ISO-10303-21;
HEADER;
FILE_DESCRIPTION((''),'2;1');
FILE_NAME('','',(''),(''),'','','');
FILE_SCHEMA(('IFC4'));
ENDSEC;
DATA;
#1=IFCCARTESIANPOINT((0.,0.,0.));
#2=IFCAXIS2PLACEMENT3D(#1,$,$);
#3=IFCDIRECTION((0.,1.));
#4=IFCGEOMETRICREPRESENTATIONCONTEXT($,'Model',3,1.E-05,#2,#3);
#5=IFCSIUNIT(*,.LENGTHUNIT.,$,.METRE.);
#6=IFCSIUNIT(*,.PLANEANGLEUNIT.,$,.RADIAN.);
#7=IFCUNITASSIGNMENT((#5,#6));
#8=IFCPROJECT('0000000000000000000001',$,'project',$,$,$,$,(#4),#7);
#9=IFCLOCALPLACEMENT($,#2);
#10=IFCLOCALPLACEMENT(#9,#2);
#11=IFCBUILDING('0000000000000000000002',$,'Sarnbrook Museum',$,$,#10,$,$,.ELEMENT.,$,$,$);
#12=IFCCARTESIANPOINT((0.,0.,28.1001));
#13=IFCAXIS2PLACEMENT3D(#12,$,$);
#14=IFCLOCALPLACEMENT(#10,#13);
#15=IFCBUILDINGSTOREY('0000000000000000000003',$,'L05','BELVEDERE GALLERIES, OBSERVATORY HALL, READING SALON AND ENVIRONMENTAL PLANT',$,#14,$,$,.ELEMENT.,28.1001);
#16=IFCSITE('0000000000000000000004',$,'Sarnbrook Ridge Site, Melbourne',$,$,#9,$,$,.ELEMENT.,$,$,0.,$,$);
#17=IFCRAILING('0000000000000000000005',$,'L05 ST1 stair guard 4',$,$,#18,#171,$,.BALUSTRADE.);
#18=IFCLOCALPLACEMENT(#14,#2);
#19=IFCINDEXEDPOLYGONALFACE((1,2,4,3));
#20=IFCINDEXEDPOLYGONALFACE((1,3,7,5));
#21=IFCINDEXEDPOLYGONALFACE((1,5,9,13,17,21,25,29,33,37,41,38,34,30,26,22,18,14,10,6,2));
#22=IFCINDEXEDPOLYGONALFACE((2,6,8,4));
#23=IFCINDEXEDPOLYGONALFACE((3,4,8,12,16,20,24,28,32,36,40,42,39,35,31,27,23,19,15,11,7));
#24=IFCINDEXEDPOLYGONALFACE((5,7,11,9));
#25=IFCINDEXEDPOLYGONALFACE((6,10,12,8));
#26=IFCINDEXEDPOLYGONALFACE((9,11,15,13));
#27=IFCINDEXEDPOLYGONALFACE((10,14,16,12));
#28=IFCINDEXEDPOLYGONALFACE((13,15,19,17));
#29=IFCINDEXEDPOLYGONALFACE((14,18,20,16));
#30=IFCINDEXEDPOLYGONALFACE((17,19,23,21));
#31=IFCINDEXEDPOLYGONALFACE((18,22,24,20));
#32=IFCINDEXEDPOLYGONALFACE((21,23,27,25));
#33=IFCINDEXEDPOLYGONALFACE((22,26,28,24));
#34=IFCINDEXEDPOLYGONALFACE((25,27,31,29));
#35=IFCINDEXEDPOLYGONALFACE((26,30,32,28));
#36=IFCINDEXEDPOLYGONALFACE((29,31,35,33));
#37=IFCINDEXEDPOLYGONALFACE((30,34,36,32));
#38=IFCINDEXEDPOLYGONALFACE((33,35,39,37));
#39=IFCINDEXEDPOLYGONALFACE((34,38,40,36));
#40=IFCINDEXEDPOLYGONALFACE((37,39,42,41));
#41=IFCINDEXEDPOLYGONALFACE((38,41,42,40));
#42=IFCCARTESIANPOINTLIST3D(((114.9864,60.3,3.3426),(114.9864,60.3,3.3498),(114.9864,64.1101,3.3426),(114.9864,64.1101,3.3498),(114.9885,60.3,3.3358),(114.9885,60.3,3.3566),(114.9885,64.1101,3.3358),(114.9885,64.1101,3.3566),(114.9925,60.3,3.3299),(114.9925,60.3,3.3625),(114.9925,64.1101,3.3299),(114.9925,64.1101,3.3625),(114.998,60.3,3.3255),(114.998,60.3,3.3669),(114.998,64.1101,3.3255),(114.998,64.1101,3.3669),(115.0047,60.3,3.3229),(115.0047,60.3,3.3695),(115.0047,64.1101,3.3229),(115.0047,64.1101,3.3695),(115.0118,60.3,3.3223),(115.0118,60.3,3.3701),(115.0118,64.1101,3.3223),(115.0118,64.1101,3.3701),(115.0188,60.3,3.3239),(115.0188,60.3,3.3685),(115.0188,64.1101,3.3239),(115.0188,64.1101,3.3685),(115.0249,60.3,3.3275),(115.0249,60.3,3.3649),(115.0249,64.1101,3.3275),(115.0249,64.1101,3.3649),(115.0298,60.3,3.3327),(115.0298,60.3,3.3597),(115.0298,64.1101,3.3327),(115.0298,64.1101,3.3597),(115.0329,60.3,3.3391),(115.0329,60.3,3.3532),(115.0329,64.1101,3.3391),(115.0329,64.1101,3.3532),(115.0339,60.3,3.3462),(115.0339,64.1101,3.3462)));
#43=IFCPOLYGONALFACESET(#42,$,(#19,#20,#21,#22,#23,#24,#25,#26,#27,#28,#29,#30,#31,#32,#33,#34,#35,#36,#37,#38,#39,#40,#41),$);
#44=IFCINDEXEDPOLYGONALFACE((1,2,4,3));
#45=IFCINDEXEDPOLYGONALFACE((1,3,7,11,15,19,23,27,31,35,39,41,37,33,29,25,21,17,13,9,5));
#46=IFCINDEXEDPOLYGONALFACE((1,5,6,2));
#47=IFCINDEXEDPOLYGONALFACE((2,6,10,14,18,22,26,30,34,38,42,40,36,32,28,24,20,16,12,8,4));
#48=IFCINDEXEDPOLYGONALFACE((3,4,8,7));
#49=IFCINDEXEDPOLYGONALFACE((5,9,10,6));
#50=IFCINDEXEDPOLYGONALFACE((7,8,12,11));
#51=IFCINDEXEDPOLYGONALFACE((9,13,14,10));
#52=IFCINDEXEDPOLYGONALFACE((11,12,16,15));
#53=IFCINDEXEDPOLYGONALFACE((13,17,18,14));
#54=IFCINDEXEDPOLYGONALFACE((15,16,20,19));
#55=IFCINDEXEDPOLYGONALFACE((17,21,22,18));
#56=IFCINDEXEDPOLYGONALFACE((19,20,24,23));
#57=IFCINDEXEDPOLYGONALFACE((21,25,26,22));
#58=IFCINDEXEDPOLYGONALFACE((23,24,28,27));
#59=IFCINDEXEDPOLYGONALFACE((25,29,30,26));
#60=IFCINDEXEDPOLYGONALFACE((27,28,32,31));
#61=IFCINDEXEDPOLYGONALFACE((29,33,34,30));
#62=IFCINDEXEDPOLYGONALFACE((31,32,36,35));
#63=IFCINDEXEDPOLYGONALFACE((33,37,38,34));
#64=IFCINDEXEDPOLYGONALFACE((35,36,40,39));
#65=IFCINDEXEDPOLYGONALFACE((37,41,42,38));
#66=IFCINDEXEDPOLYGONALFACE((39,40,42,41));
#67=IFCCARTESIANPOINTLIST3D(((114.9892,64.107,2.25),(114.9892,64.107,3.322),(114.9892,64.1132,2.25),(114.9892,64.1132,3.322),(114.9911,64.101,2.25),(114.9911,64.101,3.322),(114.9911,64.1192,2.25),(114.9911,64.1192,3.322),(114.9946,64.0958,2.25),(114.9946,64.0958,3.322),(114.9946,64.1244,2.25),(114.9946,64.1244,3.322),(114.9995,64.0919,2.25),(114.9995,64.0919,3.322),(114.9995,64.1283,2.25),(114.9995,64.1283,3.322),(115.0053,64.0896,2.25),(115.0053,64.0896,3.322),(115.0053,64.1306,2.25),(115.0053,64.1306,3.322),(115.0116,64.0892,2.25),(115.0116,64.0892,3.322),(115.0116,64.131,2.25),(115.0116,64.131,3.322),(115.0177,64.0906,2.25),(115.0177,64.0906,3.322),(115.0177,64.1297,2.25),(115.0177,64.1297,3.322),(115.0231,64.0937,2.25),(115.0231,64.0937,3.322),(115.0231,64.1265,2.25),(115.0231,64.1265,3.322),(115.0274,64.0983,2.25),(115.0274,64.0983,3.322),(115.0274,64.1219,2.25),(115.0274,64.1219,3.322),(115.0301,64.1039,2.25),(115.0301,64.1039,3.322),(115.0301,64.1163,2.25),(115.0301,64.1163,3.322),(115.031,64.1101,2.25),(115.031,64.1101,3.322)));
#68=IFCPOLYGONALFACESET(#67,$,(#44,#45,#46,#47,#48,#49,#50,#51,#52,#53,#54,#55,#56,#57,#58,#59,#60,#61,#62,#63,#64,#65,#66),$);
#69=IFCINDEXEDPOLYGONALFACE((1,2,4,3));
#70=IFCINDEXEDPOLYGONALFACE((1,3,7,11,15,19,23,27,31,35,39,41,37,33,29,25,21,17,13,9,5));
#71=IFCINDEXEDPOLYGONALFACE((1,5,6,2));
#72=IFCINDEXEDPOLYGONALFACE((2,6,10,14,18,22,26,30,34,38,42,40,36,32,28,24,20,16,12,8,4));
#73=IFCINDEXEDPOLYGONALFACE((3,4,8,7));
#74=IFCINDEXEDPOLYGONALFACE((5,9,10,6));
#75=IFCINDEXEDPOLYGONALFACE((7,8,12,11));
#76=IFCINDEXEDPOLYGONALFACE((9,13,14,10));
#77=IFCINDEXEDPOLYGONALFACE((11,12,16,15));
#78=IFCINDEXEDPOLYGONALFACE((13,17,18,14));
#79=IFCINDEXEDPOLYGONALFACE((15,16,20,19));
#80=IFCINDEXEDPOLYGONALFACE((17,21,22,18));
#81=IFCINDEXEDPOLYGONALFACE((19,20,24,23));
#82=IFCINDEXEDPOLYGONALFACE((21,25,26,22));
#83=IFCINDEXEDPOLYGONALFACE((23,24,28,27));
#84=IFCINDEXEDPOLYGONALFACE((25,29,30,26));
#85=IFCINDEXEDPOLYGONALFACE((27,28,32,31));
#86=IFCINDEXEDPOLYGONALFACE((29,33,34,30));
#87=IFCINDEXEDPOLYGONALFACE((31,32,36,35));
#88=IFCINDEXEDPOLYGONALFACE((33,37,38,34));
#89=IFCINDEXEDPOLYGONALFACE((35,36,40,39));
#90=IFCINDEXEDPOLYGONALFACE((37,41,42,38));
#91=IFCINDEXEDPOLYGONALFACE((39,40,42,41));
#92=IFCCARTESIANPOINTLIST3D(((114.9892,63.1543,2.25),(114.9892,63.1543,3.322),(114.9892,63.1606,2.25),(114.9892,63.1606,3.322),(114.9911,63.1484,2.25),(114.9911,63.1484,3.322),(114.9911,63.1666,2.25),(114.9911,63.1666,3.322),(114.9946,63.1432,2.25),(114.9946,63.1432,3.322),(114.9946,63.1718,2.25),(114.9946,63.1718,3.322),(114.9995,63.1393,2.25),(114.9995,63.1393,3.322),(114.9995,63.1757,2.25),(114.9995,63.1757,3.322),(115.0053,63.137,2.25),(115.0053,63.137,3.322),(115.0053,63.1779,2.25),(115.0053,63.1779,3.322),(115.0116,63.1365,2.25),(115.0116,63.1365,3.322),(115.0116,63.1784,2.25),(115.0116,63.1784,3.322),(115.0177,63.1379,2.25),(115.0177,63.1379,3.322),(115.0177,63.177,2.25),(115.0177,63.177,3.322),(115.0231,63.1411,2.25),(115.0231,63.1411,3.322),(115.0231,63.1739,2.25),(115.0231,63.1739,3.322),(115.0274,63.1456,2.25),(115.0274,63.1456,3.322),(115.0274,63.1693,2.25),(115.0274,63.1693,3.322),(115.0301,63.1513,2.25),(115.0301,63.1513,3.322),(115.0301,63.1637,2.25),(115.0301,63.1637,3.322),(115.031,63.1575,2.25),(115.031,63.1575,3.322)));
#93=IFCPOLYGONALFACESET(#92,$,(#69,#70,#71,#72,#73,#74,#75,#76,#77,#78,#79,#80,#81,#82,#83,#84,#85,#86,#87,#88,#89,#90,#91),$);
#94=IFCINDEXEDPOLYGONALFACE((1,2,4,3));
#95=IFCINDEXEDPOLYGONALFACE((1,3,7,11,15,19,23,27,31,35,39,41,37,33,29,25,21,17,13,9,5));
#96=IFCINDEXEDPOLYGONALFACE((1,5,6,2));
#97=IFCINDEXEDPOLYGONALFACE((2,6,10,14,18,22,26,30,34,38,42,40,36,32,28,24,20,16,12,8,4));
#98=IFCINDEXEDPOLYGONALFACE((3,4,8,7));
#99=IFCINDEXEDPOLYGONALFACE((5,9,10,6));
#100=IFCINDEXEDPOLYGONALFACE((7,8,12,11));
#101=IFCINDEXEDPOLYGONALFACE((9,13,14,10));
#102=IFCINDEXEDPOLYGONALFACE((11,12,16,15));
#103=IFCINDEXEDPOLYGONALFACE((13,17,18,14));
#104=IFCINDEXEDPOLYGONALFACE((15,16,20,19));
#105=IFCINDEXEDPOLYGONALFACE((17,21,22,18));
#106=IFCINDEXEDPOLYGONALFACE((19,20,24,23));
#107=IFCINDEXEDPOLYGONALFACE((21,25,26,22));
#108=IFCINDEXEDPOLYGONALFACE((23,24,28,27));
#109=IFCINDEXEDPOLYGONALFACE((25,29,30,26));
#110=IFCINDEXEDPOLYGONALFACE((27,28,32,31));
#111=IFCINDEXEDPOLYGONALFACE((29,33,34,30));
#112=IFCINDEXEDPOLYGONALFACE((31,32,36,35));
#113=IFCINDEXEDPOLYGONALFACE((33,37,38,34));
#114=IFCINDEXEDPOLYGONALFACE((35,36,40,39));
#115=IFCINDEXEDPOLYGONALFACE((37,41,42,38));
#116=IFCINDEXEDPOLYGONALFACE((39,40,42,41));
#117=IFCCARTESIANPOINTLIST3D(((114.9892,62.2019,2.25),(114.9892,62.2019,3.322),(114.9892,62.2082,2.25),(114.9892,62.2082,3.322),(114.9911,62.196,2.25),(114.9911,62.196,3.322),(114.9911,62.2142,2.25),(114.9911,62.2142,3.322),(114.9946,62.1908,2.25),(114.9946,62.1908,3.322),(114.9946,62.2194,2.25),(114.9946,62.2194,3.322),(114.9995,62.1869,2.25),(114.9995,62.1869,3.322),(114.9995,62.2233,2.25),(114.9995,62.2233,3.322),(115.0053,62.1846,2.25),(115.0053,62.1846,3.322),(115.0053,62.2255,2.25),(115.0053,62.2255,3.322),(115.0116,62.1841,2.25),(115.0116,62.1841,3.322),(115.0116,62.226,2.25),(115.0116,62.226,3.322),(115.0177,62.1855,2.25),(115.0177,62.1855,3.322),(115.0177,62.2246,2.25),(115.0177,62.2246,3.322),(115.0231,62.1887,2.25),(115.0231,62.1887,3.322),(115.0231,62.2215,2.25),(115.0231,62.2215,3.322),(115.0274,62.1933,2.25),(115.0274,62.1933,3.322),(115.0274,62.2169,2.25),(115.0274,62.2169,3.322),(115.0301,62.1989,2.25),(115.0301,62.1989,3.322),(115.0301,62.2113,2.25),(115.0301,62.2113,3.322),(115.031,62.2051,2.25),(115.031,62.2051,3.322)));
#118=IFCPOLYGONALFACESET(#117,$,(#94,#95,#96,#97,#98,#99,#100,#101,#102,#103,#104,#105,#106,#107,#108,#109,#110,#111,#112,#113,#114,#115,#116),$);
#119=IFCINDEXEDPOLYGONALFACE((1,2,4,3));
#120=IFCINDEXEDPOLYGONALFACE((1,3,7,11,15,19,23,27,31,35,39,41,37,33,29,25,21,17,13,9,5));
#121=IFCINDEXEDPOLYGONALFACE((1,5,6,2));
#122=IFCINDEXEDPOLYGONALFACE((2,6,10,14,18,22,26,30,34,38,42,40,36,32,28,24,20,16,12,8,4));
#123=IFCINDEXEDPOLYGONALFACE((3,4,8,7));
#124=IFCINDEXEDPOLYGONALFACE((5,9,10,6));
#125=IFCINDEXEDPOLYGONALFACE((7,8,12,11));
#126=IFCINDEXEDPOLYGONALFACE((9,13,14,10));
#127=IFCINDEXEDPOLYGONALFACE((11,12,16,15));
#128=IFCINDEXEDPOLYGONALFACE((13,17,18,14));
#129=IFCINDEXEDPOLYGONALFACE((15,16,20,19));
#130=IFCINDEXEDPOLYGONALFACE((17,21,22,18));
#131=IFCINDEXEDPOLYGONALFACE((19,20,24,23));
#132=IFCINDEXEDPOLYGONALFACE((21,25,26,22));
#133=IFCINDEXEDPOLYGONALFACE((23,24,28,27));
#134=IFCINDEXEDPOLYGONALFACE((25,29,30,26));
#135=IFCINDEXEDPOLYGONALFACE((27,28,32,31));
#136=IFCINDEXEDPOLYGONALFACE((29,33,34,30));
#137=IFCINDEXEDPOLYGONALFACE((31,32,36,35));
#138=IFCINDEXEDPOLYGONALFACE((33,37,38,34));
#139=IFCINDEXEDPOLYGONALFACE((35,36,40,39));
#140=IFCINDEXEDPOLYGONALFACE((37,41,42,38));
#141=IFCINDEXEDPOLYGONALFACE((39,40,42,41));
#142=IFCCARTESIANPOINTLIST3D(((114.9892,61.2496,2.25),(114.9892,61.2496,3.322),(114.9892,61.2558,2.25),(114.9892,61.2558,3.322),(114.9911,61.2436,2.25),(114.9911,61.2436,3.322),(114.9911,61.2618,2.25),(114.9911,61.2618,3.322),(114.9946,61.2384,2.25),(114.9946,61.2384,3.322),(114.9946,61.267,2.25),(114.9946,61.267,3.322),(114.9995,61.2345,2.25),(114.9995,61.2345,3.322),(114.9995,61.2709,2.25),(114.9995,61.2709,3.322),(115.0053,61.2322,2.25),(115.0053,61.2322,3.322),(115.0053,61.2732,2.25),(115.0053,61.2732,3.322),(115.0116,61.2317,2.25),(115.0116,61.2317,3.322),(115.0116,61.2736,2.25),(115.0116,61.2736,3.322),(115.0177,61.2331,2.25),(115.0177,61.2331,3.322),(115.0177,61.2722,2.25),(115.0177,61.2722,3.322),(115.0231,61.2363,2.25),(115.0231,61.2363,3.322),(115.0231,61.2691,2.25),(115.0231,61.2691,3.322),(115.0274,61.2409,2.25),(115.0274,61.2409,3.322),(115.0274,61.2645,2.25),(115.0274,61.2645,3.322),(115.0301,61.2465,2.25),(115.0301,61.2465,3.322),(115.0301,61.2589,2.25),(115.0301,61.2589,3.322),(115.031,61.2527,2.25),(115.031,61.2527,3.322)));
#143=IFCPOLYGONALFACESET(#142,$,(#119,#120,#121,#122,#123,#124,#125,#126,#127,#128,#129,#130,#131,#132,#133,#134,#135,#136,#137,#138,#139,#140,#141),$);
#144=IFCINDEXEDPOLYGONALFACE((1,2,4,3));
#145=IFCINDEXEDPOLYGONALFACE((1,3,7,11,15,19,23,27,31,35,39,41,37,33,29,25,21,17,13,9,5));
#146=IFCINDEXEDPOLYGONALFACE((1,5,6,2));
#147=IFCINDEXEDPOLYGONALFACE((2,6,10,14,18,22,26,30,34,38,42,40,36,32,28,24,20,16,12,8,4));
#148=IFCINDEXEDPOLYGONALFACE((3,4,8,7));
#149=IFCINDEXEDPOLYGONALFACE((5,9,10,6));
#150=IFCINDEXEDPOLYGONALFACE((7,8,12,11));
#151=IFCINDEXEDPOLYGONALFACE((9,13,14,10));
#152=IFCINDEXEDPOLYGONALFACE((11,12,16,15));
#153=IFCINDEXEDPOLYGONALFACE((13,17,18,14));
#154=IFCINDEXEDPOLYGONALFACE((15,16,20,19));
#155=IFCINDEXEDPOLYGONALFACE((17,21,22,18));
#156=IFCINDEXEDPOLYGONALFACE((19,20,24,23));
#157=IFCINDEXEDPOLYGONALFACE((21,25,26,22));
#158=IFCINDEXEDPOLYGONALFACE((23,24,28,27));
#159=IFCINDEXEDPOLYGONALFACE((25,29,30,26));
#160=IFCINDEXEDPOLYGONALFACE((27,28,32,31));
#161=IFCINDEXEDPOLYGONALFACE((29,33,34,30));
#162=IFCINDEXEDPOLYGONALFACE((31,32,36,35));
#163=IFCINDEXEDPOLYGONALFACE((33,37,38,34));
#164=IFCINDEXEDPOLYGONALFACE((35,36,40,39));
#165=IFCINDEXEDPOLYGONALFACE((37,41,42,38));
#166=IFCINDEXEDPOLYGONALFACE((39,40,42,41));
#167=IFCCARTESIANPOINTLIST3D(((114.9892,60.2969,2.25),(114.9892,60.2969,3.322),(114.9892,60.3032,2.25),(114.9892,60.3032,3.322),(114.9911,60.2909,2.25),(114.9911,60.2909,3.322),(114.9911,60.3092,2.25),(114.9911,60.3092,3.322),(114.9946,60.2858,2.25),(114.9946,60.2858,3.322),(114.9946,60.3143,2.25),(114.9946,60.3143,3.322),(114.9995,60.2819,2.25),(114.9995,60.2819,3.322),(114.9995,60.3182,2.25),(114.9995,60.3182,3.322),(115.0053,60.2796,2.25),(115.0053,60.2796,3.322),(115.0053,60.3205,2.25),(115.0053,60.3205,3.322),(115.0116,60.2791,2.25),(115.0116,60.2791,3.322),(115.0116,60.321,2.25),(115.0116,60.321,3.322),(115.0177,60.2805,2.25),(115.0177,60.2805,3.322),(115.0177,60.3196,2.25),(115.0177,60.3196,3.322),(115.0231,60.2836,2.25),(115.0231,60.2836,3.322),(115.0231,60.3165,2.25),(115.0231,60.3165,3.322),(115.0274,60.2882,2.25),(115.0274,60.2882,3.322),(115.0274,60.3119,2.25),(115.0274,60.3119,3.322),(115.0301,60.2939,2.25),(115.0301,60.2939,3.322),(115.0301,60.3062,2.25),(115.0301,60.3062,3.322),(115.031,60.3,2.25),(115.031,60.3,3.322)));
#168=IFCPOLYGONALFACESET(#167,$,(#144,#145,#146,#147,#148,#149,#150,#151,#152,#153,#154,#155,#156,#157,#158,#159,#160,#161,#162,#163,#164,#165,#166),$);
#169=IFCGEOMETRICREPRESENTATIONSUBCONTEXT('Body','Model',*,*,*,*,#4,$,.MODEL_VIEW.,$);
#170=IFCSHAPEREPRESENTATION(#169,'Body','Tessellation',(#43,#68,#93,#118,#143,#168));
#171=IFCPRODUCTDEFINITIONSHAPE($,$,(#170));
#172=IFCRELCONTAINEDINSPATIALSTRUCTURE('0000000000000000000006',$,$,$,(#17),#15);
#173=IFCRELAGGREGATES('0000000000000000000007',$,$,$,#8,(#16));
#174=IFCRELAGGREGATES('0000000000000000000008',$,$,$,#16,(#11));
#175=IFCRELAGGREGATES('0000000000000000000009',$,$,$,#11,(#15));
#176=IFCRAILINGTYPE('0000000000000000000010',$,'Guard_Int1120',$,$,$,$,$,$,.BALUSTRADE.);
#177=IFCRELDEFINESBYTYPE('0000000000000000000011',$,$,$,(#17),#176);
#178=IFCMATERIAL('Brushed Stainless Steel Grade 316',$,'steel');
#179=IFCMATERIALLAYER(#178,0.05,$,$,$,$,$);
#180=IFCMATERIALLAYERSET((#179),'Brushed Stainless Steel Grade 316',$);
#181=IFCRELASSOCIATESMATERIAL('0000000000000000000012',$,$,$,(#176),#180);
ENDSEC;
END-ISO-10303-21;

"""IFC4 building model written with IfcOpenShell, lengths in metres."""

from ifc_helpers import new_model, si_unit, direction, frame, origin, origin_2d, place, context, subcontext, project, spatial, circle, extrude, material, layer, layer_set, type_object, element, save


model = new_model("IFC4")

# Units and contexts
model_context = context("Model", 3, precision=1e-05, world=origin(), true_north=direction((0.0, 1.0)))
body_context = subcontext(model_context, "Body", "Model", "MODEL_VIEW")
ifc_project = project(units=[si_unit("LENGTHUNIT", "METRE"), si_unit("PLANEANGLEUNIT", "RADIAN")], contexts=[model_context])

# Site, building, storey
site_placement = place(None, origin())
site = spatial("IfcSite", under=ifc_project, at=site_placement, Name="Sarnbrook Ridge Site, Melbourne", CompositionType="ELEMENT", RefElevation=0.0)
building_placement = place(site_placement, origin())
building = spatial("IfcBuilding", under=site, at=building_placement, Name="Sarnbrook Museum", CompositionType="ELEMENT")
storey_placement = place(building_placement, frame((0.0, 0.0, 28.1001)))
storey = spatial("IfcBuildingStorey", under=building, at=storey_placement, Name="L05", Description="BELVEDERE GALLERIES, OBSERVATORY HALL, READING SALON AND ENVIRONMENTAL PLANT", CompositionType="ELEMENT", Elevation=28.1001)

# Shared definitions
ifc_material_1 = material(Name="Brushed Stainless Steel Grade 316", Category="steel")

# Railing
ifc_layer_1 = layer(ifc_material_1, 0.05)
ifc_layer_set_1 = layer_set([ifc_layer_1], Name="Brushed Stainless Steel Grade 316")
railing_type_1 = type_object("IfcRailingType", Name="Guard_Int1120", PredefinedType="BALUSTRADE", material=ifc_layer_set_1)
for number, where, name in (
    (1, (115.01, 64.1101, 2.25), "L05 ST1 stair guard 4"),
):
    element("IfcRailing", number, at=place(storey_placement, frame(where)), inside=storey, type_object=railing_type_1, Name=name, PredefinedType="BALUSTRADE", context=body_context, shape_type="SweptSolid", body=[
        extrude(circle(Radius=0.0239, at=origin_2d()), frame((0.0, 0.0, 1.0962), z_axis=(0.0, -1.0, 0.0), x_axis=(1.0, 0.0, 0.0)), (0.0, 0.0, 1.0), 3.8101),
        extrude(circle(Radius=0.021, at=origin_2d()), origin(), (0.0, 0.0, 1.0), 1.072),
        extrude(circle(Radius=0.021, at=origin_2d()), frame((0.0, -0.9526, 0.0)), (0.0, 0.0, 1.0), 1.072),
        extrude(circle(Radius=0.021, at=origin_2d()), frame((0.0, -1.905, 0.0)), (0.0, 0.0, 1.0), 1.072),
        extrude(circle(Radius=0.021, at=origin_2d()), frame((0.0, -2.8574, 0.0)), (0.0, 0.0, 1.0), 1.072),
        extrude(circle(Radius=0.021, at=origin_2d()), frame((0.0, -3.8101, 0.0)), (0.0, 0.0, 1.0), 1.072),
    ])

save(model, "model.ifc")
